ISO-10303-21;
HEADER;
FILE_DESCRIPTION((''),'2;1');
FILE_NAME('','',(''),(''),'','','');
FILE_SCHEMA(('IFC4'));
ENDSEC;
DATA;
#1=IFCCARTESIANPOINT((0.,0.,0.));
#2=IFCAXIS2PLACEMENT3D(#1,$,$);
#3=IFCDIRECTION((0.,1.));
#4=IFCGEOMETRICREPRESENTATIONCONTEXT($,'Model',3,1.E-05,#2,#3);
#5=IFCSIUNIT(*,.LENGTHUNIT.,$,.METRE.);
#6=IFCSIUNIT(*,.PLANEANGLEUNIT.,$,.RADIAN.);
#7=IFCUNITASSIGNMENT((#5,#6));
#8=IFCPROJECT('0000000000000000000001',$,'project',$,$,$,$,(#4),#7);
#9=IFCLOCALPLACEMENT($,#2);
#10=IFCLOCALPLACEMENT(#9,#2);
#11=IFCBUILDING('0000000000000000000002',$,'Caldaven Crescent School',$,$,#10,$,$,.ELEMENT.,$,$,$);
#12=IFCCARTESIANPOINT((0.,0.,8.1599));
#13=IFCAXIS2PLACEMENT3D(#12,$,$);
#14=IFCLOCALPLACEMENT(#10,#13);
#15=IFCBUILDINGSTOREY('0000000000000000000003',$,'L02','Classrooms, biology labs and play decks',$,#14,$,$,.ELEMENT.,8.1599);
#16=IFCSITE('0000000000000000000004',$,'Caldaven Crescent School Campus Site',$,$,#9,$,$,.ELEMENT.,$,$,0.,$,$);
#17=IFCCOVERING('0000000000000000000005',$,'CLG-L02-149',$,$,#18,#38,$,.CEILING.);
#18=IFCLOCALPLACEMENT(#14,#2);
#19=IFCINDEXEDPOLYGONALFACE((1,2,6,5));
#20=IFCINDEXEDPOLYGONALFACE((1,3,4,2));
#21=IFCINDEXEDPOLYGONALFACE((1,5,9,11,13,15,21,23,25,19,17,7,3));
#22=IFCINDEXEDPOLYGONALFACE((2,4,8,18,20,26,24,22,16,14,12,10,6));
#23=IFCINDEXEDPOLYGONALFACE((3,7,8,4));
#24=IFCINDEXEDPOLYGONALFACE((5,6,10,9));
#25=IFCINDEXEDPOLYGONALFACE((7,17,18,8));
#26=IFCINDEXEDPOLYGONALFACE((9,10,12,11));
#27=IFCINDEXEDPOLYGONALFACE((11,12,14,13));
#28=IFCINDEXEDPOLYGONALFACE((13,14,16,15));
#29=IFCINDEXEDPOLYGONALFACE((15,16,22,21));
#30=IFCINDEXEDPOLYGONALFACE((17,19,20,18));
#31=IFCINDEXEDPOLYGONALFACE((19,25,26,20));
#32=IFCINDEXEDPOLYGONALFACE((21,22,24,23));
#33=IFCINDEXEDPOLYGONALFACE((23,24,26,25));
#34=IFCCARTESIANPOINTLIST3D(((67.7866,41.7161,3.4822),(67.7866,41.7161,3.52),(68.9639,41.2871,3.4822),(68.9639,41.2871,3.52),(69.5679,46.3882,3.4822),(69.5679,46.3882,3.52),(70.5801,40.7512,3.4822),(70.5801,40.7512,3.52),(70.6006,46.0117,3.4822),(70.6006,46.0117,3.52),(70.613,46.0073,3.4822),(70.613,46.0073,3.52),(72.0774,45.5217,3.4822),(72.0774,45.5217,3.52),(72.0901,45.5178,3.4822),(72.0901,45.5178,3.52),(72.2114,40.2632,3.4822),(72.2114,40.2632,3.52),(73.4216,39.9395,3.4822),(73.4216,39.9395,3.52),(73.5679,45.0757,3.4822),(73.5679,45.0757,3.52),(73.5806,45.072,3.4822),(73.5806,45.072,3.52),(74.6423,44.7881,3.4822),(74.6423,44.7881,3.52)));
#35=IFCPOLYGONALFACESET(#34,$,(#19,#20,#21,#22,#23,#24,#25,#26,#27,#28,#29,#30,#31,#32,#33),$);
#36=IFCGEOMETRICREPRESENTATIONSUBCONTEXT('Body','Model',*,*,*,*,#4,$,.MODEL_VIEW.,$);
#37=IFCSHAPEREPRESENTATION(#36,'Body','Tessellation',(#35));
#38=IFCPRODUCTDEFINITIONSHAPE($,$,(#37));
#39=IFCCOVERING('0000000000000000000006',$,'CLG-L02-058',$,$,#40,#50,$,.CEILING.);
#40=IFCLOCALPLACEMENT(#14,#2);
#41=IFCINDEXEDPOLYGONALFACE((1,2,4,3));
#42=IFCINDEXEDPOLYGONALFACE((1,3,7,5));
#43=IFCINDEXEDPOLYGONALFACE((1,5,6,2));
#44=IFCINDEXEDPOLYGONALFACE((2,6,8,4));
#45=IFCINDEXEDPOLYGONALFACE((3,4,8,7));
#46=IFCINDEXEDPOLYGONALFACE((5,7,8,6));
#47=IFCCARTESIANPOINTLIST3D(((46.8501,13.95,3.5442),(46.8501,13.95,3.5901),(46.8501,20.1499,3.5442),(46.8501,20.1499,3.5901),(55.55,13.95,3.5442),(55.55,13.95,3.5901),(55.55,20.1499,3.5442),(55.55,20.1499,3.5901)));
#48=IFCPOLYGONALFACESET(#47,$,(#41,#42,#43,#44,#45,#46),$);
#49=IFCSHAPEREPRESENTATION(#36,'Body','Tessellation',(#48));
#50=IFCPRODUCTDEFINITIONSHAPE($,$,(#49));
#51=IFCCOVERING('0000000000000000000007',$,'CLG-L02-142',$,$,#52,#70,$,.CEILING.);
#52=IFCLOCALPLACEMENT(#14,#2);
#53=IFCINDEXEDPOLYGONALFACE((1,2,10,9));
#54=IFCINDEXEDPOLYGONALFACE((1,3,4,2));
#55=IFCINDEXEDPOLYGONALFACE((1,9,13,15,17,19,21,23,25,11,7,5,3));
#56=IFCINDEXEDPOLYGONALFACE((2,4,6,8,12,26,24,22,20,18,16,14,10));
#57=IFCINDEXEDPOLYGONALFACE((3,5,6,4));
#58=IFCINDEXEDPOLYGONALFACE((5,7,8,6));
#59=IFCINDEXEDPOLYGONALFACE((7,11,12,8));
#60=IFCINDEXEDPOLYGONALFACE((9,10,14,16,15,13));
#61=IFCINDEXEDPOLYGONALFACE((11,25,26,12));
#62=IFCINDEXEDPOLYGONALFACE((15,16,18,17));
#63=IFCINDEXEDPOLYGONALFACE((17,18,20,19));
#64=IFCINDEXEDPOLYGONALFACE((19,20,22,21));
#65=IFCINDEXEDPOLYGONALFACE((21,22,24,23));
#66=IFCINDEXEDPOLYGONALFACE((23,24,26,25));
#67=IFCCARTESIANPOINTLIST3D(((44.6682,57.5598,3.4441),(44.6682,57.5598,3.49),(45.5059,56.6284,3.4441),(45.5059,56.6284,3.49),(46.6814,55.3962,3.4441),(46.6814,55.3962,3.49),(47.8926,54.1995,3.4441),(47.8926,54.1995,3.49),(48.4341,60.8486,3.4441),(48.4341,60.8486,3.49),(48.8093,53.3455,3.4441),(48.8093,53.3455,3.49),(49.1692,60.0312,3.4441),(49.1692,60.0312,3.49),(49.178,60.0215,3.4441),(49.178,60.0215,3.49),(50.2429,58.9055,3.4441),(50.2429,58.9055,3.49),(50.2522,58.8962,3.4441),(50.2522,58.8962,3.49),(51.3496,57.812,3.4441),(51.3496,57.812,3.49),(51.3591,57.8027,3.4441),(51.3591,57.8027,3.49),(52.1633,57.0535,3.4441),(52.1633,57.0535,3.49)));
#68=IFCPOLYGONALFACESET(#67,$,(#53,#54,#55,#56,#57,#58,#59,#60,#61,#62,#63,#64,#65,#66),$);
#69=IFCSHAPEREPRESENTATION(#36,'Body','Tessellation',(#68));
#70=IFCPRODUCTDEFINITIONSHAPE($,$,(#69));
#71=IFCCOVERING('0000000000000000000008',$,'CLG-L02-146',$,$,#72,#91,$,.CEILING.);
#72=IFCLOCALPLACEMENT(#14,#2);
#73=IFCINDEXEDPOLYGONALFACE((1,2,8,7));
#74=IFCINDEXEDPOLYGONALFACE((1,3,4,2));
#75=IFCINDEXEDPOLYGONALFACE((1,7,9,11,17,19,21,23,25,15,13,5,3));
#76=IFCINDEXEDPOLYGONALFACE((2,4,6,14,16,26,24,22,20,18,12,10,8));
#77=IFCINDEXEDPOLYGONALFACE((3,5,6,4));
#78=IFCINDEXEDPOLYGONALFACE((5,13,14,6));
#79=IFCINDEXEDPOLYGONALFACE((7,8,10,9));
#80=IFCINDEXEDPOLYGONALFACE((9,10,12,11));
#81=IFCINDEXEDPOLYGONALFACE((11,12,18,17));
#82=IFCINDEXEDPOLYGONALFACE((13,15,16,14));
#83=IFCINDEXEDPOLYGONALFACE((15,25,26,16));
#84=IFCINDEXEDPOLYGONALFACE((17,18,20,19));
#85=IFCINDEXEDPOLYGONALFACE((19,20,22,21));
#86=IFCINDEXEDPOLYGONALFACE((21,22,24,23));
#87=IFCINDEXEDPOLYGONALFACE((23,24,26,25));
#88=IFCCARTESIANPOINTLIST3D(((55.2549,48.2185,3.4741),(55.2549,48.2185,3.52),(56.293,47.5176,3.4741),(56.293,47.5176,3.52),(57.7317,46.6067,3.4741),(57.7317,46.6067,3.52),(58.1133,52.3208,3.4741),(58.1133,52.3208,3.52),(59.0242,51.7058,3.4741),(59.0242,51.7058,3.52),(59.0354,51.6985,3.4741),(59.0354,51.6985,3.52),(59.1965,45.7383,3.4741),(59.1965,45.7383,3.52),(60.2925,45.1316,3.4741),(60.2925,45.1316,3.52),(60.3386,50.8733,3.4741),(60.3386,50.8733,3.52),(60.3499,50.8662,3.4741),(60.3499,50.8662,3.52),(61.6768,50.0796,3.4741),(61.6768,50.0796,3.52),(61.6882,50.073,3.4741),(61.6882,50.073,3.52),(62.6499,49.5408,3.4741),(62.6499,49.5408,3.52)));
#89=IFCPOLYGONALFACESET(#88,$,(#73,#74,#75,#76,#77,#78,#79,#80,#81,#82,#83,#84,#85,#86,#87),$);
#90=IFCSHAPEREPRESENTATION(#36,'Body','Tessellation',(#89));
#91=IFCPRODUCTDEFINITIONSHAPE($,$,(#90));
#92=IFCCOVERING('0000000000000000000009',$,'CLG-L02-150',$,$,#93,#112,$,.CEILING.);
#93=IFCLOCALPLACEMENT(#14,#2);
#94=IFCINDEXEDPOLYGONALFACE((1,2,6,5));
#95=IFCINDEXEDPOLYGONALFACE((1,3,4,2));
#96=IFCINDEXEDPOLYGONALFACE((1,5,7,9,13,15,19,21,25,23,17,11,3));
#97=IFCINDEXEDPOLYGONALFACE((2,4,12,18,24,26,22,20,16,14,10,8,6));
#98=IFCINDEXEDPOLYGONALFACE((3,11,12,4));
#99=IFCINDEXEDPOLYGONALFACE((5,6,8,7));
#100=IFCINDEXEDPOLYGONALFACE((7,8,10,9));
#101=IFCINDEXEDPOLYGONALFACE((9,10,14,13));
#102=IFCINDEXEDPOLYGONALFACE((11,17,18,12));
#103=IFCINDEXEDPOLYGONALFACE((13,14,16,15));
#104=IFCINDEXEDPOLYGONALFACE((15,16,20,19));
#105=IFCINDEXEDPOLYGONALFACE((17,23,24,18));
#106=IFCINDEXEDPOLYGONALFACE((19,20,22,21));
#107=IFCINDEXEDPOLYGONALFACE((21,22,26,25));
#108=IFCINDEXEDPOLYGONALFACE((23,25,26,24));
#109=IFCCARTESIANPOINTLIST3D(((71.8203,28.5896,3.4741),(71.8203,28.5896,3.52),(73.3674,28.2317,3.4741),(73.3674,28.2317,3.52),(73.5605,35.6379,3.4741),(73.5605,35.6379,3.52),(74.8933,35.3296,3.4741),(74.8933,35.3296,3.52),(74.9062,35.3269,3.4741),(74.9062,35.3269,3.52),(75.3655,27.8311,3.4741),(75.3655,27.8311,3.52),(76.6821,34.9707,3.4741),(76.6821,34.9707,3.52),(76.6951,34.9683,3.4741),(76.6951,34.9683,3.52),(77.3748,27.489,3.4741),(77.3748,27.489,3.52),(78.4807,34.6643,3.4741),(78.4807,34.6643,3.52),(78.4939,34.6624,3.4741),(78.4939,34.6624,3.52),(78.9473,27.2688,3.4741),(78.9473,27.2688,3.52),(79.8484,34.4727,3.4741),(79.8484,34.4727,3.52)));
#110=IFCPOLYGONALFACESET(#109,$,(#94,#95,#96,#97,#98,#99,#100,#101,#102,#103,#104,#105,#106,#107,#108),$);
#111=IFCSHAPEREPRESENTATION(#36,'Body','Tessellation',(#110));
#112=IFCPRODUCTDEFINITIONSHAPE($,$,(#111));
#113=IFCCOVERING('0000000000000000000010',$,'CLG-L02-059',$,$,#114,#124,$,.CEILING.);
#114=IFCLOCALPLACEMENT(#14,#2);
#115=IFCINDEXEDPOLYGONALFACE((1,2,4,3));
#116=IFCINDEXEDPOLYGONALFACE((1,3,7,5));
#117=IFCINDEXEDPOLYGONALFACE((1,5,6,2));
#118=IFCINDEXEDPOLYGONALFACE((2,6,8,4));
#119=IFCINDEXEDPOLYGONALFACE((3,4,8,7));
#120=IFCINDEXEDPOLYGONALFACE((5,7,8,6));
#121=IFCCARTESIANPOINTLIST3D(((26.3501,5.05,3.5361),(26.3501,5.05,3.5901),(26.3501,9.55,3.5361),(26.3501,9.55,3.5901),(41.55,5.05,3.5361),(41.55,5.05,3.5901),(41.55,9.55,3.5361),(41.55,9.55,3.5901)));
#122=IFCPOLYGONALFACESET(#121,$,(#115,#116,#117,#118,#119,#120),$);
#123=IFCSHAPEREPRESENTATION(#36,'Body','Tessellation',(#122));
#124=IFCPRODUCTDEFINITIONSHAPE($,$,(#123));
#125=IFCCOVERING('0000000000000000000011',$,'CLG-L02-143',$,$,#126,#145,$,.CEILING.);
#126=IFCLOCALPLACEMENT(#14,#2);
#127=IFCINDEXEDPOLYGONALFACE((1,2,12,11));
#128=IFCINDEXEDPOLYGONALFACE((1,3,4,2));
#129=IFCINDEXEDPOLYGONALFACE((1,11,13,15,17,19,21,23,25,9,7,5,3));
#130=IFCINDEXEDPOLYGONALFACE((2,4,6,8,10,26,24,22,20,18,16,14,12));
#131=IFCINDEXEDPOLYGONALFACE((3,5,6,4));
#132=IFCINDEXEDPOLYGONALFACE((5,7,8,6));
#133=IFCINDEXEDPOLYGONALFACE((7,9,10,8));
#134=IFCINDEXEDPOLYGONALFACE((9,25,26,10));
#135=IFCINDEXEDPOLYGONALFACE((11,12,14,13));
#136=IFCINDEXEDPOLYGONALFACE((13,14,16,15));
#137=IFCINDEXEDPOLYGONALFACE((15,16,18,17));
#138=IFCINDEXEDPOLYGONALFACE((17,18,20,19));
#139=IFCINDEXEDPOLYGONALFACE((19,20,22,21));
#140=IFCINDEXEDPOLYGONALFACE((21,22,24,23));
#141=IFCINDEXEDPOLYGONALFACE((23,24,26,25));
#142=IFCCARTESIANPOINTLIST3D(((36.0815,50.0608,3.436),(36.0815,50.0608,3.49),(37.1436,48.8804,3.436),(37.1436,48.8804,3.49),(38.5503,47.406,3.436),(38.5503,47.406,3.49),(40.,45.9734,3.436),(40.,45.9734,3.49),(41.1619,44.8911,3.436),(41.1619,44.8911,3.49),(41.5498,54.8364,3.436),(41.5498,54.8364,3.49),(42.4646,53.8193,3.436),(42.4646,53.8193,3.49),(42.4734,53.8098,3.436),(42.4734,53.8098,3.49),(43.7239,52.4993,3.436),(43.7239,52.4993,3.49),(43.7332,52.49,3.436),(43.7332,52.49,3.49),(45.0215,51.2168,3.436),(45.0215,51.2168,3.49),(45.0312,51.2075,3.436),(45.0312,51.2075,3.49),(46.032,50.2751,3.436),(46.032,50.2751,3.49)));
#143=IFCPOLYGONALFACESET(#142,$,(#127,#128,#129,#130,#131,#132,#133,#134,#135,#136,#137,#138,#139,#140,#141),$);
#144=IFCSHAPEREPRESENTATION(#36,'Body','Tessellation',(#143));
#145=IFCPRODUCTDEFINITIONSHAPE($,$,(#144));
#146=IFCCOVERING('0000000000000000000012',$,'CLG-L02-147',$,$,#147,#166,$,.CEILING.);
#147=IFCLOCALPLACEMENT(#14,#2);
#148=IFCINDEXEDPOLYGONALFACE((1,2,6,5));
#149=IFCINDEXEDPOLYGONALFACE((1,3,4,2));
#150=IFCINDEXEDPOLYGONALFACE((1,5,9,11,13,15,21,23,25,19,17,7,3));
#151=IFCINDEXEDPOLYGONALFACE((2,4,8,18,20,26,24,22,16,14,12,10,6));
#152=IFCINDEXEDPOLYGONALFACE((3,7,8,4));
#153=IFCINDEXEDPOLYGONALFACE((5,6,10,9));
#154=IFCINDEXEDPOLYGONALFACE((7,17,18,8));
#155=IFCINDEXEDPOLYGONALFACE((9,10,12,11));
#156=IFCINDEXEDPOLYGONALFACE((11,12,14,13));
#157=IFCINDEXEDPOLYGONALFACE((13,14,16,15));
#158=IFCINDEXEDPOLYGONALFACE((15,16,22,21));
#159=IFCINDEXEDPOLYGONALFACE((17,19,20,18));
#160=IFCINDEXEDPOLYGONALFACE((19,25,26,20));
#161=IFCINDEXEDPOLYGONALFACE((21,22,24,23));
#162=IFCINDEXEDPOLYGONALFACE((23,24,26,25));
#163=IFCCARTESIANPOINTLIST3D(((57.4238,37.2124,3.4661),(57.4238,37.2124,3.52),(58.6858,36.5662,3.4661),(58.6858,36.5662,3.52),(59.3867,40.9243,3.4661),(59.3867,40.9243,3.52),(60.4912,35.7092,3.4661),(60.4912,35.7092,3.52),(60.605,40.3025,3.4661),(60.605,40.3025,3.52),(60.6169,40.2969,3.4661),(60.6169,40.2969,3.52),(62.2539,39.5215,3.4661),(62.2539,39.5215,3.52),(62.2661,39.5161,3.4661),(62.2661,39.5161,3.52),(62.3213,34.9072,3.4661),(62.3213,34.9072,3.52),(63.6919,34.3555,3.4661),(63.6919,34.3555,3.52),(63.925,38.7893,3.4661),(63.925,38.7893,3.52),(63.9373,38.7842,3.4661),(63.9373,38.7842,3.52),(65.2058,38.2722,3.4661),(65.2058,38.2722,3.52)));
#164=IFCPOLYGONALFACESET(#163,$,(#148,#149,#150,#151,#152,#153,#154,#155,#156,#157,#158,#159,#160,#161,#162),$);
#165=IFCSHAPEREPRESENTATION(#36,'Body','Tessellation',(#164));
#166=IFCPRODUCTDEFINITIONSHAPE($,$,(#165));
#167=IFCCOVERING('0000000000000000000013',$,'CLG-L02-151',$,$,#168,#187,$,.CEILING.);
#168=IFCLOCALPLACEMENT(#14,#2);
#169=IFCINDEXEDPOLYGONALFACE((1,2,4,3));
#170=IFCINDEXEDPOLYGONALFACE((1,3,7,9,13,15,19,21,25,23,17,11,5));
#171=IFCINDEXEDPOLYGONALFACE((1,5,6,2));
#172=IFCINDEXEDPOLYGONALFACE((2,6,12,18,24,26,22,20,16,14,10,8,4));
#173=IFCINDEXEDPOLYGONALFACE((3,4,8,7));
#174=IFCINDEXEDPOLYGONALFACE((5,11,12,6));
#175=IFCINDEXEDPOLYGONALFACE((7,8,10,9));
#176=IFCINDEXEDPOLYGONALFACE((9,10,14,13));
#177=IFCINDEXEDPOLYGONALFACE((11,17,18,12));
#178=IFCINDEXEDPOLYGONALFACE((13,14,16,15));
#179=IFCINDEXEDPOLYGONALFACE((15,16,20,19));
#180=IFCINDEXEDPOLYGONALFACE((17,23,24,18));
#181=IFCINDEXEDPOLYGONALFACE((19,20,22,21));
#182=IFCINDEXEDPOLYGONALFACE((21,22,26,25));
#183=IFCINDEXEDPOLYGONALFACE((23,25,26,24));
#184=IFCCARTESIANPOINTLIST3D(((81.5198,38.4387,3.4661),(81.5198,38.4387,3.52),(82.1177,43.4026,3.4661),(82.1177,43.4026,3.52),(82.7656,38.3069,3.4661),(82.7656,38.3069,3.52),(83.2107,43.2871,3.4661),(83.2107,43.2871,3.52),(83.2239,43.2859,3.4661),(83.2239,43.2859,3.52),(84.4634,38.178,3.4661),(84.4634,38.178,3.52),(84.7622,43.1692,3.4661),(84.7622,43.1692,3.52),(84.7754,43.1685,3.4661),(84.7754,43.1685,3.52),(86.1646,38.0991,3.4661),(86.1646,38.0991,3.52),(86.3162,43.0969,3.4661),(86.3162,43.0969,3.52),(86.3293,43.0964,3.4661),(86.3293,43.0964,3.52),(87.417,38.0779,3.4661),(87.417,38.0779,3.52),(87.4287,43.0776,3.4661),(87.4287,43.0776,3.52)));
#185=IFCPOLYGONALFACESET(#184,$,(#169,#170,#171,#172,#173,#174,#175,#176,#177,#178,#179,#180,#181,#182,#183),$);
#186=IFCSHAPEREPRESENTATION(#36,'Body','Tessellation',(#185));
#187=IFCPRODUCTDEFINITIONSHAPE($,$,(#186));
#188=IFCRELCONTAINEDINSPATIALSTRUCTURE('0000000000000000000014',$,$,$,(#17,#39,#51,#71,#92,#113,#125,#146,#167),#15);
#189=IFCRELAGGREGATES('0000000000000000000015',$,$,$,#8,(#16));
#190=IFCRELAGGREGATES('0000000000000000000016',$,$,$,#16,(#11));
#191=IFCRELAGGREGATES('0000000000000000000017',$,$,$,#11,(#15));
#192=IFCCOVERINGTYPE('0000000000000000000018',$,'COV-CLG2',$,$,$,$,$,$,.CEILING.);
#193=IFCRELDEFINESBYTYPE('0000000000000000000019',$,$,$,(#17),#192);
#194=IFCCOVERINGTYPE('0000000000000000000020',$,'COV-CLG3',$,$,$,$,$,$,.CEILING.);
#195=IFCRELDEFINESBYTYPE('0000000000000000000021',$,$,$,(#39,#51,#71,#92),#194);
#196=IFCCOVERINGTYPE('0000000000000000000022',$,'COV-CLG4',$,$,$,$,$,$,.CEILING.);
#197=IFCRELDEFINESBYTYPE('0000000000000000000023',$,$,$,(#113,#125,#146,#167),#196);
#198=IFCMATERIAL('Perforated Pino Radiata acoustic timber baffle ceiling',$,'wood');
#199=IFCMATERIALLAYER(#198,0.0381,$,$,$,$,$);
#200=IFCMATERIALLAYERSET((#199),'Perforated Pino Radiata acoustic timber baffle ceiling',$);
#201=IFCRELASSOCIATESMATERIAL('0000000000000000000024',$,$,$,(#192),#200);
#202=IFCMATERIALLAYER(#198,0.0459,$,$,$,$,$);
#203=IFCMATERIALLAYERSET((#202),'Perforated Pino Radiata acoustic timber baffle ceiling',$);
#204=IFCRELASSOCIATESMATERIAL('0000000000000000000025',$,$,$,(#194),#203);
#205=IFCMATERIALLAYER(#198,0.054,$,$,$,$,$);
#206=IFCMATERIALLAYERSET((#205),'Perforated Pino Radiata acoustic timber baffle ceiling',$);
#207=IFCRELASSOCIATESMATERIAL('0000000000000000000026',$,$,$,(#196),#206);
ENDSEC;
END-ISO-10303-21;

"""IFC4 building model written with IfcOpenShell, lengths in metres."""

from ifc_helpers import new_model, si_unit, direction, frame, origin, place, context, subcontext, project, spatial, polyline, outline, extrude, material, layer, layer_set, type_object, element, save


model = new_model("IFC4")

# Units and contexts
model_context = context("Model", 3, precision=1e-05, world=origin(), true_north=direction((0.0, 1.0)))
body_context = subcontext(model_context, "Body", "Model", "MODEL_VIEW")
ifc_project = project(units=[si_unit("LENGTHUNIT", "METRE"), si_unit("PLANEANGLEUNIT", "RADIAN")], contexts=[model_context])

# Site, building, storey
site_placement = place(None, origin())
site = spatial("IfcSite", under=ifc_project, at=site_placement, Name="Caldaven Crescent School Campus Site", CompositionType="ELEMENT", RefElevation=0.0)
building_placement = place(site_placement, origin())
building = spatial("IfcBuilding", under=site, at=building_placement, Name="Caldaven Crescent School", CompositionType="ELEMENT")
storey_placement = place(building_placement, frame((0.0, 0.0, 8.1599)))
storey = spatial("IfcBuildingStorey", under=building, at=storey_placement, Name="L02", Description="Classrooms, biology labs and play decks", CompositionType="ELEMENT", Elevation=8.1599)

# Coverings
ifc_material_1 = material(Name="Perforated Pino Radiata acoustic timber baffle ceiling", Category="wood")
ifc_layer_1 = layer(ifc_material_1, 0.0381)
ifc_layer_set_1 = layer_set([ifc_layer_1], Name="Perforated Pino Radiata acoustic timber baffle ceiling")
covering_type_1 = type_object("IfcCoveringType", Name="COV-CLG2", PredefinedType="CEILING", material=ifc_layer_set_1)
covering_1_placement = place(storey_placement, frame((0.0, 0.0, 3.4822)))
element("IfcCovering", 1, at=covering_1_placement, inside=storey, type_object=covering_type_1, Name="CLG-L02-149", PredefinedType="CEILING", context=body_context, shape_type="SweptSolid", body=[
    extrude(outline(polyline([(70.6006, 46.0117), (70.613, 46.0073), (72.0774, 45.5217), (72.0901, 45.5178), (73.5679, 45.0757), (73.5806, 45.072), (74.6423, 44.7881), (73.4216, 39.9395), (72.2114, 40.2632), (70.5801, 40.7512), (68.9639, 41.2871), (67.7866, 41.7161), (69.5679, 46.3882), (70.6006, 46.0117)])), origin(), (0.0, 0.0, 1.0), 0.0378),
])
ifc_layer_2 = layer(ifc_material_1, 0.0459)
ifc_layer_set_2 = layer_set([ifc_layer_2], Name="Perforated Pino Radiata acoustic timber baffle ceiling")
covering_type_2 = type_object("IfcCoveringType", Name="COV-CLG3", PredefinedType="CEILING", material=ifc_layer_set_2)
covering_2_placement = place(storey_placement, frame((0.0, 0.0, 3.5442)))
element("IfcCovering", 2, at=covering_2_placement, inside=storey, type_object=covering_type_2, Name="CLG-L02-058", PredefinedType="CEILING", context=body_context, shape_type="SweptSolid", body=[
    extrude(outline(polyline([(55.55, 20.1499), (55.55, 13.95), (46.8501, 13.95), (46.8501, 20.1499), (55.55, 20.1499)])), origin(), (0.0, 0.0, 1.0), 0.0459),
])
covering_3_placement = place(storey_placement, frame((0.0, 0.0, 3.4441)))
element("IfcCovering", 3, at=covering_3_placement, inside=storey, type_object=covering_type_2, Name="CLG-L02-142", PredefinedType="CEILING", context=body_context, shape_type="SweptSolid", body=[
    extrude(outline(polyline([(49.1692, 60.0312), (49.178, 60.0215), (50.2429, 58.9055), (50.2522, 58.8962), (51.3496, 57.812), (51.3591, 57.8027), (52.1633, 57.0535), (48.8093, 53.3455), (47.8926, 54.1995), (46.6814, 55.3962), (45.5059, 56.6284), (44.6682, 57.5598), (48.4341, 60.8486), (49.1692, 60.0312)])), origin(), (0.0, 0.0, 1.0), 0.0459),
])
covering_4_placement = place(storey_placement, frame((0.0, 0.0, 3.4741)))
element("IfcCovering", 4, at=covering_4_placement, inside=storey, type_object=covering_type_2, Name="CLG-L02-146", PredefinedType="CEILING", context=body_context, shape_type="SweptSolid", body=[
    extrude(outline(polyline([(59.0242, 51.7058), (59.0354, 51.6985), (60.3386, 50.8733), (60.3499, 50.8662), (61.6768, 50.0796), (61.6882, 50.073), (62.6499, 49.5408), (60.2925, 45.1316), (59.1965, 45.7383), (57.7317, 46.6067), (56.293, 47.5176), (55.2549, 48.2185), (58.1133, 52.3208), (59.0242, 51.7058)])), origin(), (0.0, 0.0, 1.0), 0.0459),
])
covering_5_placement = place(storey_placement, frame((0.0, 0.0, 3.4741)))
element("IfcCovering", 5, at=covering_5_placement, inside=storey, type_object=covering_type_2, Name="CLG-L02-150", PredefinedType="CEILING", context=body_context, shape_type="SweptSolid", body=[
    extrude(outline(polyline([(74.8933, 35.3296), (74.9062, 35.3269), (76.6821, 34.9707), (76.6951, 34.9683), (78.4807, 34.6643), (78.4939, 34.6624), (79.8484, 34.4727), (78.9473, 27.2688), (77.3748, 27.489), (75.3655, 27.8311), (73.3674, 28.2317), (71.8203, 28.5896), (73.5605, 35.6379), (74.8933, 35.3296)])), origin(), (0.0, 0.0, 1.0), 0.0459),
])
ifc_layer_3 = layer(ifc_material_1, 0.054)
ifc_layer_set_3 = layer_set([ifc_layer_3], Name="Perforated Pino Radiata acoustic timber baffle ceiling")
covering_type_3 = type_object("IfcCoveringType", Name="COV-CLG4", PredefinedType="CEILING", material=ifc_layer_set_3)
covering_6_placement = place(storey_placement, frame((0.0, 0.0, 3.5361)))
element("IfcCovering", 6, at=covering_6_placement, inside=storey, type_object=covering_type_3, Name="CLG-L02-059", PredefinedType="CEILING", context=body_context, shape_type="SweptSolid", body=[
    extrude(outline(polyline([(41.55, 9.55), (41.55, 5.05), (26.3501, 5.05), (26.3501, 9.55), (41.55, 9.55)])), origin(), (0.0, 0.0, 1.0), 0.054),
])
covering_7_placement = place(storey_placement, frame((0.0, 0.0, 3.436)))
element("IfcCovering", 7, at=covering_7_placement, inside=storey, type_object=covering_type_3, Name="CLG-L02-143", PredefinedType="CEILING", context=body_context, shape_type="SweptSolid", body=[
    extrude(outline(polyline([(42.4646, 53.8193), (42.4734, 53.8098), (43.7239, 52.4993), (43.7332, 52.49), (45.0215, 51.2168), (45.0312, 51.2075), (46.032, 50.2751), (41.1619, 44.8911), (40.0, 45.9734), (38.5503, 47.406), (37.1436, 48.8804), (36.0815, 50.0608), (41.5498, 54.8364), (42.4646, 53.8193)])), origin(), (0.0, 0.0, 1.0), 0.054),
])
covering_8_placement = place(storey_placement, frame((0.0, 0.0, 3.4661)))
element("IfcCovering", 8, at=covering_8_placement, inside=storey, type_object=covering_type_3, Name="CLG-L02-147", PredefinedType="CEILING", context=body_context, shape_type="SweptSolid", body=[
    extrude(outline(polyline([(60.605, 40.3025), (60.6169, 40.2969), (62.2539, 39.5215), (62.2661, 39.5161), (63.925, 38.7893), (63.9373, 38.7842), (65.2058, 38.2722), (63.6919, 34.3555), (62.3213, 34.9072), (60.4912, 35.7092), (58.6858, 36.5662), (57.4238, 37.2124), (59.3867, 40.9243), (60.605, 40.3025)])), origin(), (0.0, 0.0, 1.0), 0.054),
])
covering_9_placement = place(storey_placement, frame((0.0, 0.0, 3.4661)))
element("IfcCovering", 9, at=covering_9_placement, inside=storey, type_object=covering_type_3, Name="CLG-L02-151", PredefinedType="CEILING", context=body_context, shape_type="SweptSolid", body=[
    extrude(outline(polyline([(83.2107, 43.2871), (83.2239, 43.2859), (84.7622, 43.1692), (84.7754, 43.1685), (86.3162, 43.0969), (86.3293, 43.0964), (87.4287, 43.0776), (87.417, 38.0779), (86.1646, 38.0991), (84.4634, 38.178), (82.7656, 38.3069), (81.5198, 38.4387), (82.1177, 43.4026), (83.2107, 43.2871)])), origin(), (0.0, 0.0, 1.0), 0.054),
])

save(model, "model.ifc")
